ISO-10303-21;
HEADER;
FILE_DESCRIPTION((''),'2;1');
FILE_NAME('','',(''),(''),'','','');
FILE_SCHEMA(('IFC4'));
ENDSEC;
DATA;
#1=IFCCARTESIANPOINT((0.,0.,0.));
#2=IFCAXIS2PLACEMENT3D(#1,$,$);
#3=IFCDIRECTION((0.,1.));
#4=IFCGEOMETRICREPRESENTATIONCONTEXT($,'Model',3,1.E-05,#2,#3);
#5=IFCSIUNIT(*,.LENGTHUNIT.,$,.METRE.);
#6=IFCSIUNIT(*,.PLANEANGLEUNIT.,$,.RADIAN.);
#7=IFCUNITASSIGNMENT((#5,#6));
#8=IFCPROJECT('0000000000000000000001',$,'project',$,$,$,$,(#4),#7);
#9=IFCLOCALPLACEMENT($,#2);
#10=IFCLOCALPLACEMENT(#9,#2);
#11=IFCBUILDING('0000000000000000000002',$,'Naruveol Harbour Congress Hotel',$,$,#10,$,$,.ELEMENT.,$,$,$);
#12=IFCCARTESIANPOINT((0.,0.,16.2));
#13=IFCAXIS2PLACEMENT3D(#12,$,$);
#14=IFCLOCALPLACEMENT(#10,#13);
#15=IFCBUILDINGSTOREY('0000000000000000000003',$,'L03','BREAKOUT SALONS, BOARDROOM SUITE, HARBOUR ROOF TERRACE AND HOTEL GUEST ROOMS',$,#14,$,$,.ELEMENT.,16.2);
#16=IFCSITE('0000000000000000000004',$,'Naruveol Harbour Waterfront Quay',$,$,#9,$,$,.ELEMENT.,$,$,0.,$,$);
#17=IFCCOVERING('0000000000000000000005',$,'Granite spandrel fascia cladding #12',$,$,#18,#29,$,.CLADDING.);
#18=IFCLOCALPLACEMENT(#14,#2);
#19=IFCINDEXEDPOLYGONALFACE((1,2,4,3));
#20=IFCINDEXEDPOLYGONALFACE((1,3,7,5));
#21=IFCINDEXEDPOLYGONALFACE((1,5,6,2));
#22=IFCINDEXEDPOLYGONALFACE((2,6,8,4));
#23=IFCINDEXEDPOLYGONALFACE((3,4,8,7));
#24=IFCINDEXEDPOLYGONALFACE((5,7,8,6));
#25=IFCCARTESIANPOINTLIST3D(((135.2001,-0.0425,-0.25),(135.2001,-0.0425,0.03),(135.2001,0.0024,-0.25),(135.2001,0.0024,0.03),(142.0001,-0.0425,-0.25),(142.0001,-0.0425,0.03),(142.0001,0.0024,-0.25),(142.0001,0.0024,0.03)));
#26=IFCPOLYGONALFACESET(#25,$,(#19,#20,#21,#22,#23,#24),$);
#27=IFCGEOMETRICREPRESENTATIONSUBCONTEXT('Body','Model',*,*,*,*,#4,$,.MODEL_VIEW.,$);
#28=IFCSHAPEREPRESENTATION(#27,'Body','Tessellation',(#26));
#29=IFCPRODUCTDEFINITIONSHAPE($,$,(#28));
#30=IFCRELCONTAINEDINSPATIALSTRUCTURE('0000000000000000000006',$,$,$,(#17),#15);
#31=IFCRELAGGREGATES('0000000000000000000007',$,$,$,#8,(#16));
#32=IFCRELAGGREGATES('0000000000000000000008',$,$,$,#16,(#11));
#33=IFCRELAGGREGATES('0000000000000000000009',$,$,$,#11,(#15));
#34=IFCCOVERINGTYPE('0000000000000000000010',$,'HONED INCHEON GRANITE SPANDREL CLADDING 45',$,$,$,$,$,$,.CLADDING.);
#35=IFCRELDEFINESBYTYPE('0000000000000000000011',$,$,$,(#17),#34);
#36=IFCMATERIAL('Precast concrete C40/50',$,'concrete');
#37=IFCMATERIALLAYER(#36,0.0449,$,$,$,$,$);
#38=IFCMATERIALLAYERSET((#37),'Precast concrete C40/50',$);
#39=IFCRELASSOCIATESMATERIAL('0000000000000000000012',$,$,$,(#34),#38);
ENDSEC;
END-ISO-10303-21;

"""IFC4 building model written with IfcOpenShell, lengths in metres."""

from ifc_helpers import new_model, si_unit, direction, frame, origin, origin_2d, place, context, subcontext, project, spatial, rectangle, extrude, material, layer, layer_set, type_object, element, save


model = new_model("IFC4")

# Units and contexts
model_context = context("Model", 3, precision=1e-05, world=origin(), true_north=direction((0.0, 1.0)))
body_context = subcontext(model_context, "Body", "Model", "MODEL_VIEW")
ifc_project = project(units=[si_unit("LENGTHUNIT", "METRE"), si_unit("PLANEANGLEUNIT", "RADIAN")], contexts=[model_context])

# Site, building, storey
site_placement = place(None, origin())
site = spatial("IfcSite", under=ifc_project, at=site_placement, Name="Naruveol Harbour Waterfront Quay", CompositionType="ELEMENT", RefElevation=0.0)
building_placement = place(site_placement, origin())
building = spatial("IfcBuilding", under=site, at=building_placement, Name="Naruveol Harbour Congress Hotel", CompositionType="ELEMENT")
storey_placement = place(building_placement, frame((0.0, 0.0, 16.2)))
storey = spatial("IfcBuildingStorey", under=building, at=storey_placement, Name="L03", Description="BREAKOUT SALONS, BOARDROOM SUITE, HARBOUR ROOF TERRACE AND HOTEL GUEST ROOMS", CompositionType="ELEMENT", Elevation=16.2)

# Covering
ifc_material_1 = material(Name="Precast concrete C40/50", Category="concrete")
ifc_layer_1 = layer(ifc_material_1, 0.0449)
ifc_layer_set_1 = layer_set([ifc_layer_1], Name="Precast concrete C40/50")
covering_type = type_object("IfcCoveringType", Name="HONED INCHEON GRANITE SPANDREL CLADDING 45", PredefinedType="CLADDING", material=ifc_layer_set_1)
covering_placement = place(storey_placement, frame((138.6001, -0.02, -0.25), z_axis=(0.0, 0.0, 1.0), x_axis=(1.0, 0.0, 0.0)))
element("IfcCovering", 1, at=covering_placement, inside=storey, type_object=covering_type, Name="Granite spandrel fascia cladding #12", PredefinedType="CLADDING", context=body_context, shape_type="SweptSolid", body=[
    extrude(rectangle(XDim=6.8, YDim=0.0449, at=origin_2d()), origin(), (0.0, 0.0, 1.0), 0.28),
])

save(model, "model.ifc")
